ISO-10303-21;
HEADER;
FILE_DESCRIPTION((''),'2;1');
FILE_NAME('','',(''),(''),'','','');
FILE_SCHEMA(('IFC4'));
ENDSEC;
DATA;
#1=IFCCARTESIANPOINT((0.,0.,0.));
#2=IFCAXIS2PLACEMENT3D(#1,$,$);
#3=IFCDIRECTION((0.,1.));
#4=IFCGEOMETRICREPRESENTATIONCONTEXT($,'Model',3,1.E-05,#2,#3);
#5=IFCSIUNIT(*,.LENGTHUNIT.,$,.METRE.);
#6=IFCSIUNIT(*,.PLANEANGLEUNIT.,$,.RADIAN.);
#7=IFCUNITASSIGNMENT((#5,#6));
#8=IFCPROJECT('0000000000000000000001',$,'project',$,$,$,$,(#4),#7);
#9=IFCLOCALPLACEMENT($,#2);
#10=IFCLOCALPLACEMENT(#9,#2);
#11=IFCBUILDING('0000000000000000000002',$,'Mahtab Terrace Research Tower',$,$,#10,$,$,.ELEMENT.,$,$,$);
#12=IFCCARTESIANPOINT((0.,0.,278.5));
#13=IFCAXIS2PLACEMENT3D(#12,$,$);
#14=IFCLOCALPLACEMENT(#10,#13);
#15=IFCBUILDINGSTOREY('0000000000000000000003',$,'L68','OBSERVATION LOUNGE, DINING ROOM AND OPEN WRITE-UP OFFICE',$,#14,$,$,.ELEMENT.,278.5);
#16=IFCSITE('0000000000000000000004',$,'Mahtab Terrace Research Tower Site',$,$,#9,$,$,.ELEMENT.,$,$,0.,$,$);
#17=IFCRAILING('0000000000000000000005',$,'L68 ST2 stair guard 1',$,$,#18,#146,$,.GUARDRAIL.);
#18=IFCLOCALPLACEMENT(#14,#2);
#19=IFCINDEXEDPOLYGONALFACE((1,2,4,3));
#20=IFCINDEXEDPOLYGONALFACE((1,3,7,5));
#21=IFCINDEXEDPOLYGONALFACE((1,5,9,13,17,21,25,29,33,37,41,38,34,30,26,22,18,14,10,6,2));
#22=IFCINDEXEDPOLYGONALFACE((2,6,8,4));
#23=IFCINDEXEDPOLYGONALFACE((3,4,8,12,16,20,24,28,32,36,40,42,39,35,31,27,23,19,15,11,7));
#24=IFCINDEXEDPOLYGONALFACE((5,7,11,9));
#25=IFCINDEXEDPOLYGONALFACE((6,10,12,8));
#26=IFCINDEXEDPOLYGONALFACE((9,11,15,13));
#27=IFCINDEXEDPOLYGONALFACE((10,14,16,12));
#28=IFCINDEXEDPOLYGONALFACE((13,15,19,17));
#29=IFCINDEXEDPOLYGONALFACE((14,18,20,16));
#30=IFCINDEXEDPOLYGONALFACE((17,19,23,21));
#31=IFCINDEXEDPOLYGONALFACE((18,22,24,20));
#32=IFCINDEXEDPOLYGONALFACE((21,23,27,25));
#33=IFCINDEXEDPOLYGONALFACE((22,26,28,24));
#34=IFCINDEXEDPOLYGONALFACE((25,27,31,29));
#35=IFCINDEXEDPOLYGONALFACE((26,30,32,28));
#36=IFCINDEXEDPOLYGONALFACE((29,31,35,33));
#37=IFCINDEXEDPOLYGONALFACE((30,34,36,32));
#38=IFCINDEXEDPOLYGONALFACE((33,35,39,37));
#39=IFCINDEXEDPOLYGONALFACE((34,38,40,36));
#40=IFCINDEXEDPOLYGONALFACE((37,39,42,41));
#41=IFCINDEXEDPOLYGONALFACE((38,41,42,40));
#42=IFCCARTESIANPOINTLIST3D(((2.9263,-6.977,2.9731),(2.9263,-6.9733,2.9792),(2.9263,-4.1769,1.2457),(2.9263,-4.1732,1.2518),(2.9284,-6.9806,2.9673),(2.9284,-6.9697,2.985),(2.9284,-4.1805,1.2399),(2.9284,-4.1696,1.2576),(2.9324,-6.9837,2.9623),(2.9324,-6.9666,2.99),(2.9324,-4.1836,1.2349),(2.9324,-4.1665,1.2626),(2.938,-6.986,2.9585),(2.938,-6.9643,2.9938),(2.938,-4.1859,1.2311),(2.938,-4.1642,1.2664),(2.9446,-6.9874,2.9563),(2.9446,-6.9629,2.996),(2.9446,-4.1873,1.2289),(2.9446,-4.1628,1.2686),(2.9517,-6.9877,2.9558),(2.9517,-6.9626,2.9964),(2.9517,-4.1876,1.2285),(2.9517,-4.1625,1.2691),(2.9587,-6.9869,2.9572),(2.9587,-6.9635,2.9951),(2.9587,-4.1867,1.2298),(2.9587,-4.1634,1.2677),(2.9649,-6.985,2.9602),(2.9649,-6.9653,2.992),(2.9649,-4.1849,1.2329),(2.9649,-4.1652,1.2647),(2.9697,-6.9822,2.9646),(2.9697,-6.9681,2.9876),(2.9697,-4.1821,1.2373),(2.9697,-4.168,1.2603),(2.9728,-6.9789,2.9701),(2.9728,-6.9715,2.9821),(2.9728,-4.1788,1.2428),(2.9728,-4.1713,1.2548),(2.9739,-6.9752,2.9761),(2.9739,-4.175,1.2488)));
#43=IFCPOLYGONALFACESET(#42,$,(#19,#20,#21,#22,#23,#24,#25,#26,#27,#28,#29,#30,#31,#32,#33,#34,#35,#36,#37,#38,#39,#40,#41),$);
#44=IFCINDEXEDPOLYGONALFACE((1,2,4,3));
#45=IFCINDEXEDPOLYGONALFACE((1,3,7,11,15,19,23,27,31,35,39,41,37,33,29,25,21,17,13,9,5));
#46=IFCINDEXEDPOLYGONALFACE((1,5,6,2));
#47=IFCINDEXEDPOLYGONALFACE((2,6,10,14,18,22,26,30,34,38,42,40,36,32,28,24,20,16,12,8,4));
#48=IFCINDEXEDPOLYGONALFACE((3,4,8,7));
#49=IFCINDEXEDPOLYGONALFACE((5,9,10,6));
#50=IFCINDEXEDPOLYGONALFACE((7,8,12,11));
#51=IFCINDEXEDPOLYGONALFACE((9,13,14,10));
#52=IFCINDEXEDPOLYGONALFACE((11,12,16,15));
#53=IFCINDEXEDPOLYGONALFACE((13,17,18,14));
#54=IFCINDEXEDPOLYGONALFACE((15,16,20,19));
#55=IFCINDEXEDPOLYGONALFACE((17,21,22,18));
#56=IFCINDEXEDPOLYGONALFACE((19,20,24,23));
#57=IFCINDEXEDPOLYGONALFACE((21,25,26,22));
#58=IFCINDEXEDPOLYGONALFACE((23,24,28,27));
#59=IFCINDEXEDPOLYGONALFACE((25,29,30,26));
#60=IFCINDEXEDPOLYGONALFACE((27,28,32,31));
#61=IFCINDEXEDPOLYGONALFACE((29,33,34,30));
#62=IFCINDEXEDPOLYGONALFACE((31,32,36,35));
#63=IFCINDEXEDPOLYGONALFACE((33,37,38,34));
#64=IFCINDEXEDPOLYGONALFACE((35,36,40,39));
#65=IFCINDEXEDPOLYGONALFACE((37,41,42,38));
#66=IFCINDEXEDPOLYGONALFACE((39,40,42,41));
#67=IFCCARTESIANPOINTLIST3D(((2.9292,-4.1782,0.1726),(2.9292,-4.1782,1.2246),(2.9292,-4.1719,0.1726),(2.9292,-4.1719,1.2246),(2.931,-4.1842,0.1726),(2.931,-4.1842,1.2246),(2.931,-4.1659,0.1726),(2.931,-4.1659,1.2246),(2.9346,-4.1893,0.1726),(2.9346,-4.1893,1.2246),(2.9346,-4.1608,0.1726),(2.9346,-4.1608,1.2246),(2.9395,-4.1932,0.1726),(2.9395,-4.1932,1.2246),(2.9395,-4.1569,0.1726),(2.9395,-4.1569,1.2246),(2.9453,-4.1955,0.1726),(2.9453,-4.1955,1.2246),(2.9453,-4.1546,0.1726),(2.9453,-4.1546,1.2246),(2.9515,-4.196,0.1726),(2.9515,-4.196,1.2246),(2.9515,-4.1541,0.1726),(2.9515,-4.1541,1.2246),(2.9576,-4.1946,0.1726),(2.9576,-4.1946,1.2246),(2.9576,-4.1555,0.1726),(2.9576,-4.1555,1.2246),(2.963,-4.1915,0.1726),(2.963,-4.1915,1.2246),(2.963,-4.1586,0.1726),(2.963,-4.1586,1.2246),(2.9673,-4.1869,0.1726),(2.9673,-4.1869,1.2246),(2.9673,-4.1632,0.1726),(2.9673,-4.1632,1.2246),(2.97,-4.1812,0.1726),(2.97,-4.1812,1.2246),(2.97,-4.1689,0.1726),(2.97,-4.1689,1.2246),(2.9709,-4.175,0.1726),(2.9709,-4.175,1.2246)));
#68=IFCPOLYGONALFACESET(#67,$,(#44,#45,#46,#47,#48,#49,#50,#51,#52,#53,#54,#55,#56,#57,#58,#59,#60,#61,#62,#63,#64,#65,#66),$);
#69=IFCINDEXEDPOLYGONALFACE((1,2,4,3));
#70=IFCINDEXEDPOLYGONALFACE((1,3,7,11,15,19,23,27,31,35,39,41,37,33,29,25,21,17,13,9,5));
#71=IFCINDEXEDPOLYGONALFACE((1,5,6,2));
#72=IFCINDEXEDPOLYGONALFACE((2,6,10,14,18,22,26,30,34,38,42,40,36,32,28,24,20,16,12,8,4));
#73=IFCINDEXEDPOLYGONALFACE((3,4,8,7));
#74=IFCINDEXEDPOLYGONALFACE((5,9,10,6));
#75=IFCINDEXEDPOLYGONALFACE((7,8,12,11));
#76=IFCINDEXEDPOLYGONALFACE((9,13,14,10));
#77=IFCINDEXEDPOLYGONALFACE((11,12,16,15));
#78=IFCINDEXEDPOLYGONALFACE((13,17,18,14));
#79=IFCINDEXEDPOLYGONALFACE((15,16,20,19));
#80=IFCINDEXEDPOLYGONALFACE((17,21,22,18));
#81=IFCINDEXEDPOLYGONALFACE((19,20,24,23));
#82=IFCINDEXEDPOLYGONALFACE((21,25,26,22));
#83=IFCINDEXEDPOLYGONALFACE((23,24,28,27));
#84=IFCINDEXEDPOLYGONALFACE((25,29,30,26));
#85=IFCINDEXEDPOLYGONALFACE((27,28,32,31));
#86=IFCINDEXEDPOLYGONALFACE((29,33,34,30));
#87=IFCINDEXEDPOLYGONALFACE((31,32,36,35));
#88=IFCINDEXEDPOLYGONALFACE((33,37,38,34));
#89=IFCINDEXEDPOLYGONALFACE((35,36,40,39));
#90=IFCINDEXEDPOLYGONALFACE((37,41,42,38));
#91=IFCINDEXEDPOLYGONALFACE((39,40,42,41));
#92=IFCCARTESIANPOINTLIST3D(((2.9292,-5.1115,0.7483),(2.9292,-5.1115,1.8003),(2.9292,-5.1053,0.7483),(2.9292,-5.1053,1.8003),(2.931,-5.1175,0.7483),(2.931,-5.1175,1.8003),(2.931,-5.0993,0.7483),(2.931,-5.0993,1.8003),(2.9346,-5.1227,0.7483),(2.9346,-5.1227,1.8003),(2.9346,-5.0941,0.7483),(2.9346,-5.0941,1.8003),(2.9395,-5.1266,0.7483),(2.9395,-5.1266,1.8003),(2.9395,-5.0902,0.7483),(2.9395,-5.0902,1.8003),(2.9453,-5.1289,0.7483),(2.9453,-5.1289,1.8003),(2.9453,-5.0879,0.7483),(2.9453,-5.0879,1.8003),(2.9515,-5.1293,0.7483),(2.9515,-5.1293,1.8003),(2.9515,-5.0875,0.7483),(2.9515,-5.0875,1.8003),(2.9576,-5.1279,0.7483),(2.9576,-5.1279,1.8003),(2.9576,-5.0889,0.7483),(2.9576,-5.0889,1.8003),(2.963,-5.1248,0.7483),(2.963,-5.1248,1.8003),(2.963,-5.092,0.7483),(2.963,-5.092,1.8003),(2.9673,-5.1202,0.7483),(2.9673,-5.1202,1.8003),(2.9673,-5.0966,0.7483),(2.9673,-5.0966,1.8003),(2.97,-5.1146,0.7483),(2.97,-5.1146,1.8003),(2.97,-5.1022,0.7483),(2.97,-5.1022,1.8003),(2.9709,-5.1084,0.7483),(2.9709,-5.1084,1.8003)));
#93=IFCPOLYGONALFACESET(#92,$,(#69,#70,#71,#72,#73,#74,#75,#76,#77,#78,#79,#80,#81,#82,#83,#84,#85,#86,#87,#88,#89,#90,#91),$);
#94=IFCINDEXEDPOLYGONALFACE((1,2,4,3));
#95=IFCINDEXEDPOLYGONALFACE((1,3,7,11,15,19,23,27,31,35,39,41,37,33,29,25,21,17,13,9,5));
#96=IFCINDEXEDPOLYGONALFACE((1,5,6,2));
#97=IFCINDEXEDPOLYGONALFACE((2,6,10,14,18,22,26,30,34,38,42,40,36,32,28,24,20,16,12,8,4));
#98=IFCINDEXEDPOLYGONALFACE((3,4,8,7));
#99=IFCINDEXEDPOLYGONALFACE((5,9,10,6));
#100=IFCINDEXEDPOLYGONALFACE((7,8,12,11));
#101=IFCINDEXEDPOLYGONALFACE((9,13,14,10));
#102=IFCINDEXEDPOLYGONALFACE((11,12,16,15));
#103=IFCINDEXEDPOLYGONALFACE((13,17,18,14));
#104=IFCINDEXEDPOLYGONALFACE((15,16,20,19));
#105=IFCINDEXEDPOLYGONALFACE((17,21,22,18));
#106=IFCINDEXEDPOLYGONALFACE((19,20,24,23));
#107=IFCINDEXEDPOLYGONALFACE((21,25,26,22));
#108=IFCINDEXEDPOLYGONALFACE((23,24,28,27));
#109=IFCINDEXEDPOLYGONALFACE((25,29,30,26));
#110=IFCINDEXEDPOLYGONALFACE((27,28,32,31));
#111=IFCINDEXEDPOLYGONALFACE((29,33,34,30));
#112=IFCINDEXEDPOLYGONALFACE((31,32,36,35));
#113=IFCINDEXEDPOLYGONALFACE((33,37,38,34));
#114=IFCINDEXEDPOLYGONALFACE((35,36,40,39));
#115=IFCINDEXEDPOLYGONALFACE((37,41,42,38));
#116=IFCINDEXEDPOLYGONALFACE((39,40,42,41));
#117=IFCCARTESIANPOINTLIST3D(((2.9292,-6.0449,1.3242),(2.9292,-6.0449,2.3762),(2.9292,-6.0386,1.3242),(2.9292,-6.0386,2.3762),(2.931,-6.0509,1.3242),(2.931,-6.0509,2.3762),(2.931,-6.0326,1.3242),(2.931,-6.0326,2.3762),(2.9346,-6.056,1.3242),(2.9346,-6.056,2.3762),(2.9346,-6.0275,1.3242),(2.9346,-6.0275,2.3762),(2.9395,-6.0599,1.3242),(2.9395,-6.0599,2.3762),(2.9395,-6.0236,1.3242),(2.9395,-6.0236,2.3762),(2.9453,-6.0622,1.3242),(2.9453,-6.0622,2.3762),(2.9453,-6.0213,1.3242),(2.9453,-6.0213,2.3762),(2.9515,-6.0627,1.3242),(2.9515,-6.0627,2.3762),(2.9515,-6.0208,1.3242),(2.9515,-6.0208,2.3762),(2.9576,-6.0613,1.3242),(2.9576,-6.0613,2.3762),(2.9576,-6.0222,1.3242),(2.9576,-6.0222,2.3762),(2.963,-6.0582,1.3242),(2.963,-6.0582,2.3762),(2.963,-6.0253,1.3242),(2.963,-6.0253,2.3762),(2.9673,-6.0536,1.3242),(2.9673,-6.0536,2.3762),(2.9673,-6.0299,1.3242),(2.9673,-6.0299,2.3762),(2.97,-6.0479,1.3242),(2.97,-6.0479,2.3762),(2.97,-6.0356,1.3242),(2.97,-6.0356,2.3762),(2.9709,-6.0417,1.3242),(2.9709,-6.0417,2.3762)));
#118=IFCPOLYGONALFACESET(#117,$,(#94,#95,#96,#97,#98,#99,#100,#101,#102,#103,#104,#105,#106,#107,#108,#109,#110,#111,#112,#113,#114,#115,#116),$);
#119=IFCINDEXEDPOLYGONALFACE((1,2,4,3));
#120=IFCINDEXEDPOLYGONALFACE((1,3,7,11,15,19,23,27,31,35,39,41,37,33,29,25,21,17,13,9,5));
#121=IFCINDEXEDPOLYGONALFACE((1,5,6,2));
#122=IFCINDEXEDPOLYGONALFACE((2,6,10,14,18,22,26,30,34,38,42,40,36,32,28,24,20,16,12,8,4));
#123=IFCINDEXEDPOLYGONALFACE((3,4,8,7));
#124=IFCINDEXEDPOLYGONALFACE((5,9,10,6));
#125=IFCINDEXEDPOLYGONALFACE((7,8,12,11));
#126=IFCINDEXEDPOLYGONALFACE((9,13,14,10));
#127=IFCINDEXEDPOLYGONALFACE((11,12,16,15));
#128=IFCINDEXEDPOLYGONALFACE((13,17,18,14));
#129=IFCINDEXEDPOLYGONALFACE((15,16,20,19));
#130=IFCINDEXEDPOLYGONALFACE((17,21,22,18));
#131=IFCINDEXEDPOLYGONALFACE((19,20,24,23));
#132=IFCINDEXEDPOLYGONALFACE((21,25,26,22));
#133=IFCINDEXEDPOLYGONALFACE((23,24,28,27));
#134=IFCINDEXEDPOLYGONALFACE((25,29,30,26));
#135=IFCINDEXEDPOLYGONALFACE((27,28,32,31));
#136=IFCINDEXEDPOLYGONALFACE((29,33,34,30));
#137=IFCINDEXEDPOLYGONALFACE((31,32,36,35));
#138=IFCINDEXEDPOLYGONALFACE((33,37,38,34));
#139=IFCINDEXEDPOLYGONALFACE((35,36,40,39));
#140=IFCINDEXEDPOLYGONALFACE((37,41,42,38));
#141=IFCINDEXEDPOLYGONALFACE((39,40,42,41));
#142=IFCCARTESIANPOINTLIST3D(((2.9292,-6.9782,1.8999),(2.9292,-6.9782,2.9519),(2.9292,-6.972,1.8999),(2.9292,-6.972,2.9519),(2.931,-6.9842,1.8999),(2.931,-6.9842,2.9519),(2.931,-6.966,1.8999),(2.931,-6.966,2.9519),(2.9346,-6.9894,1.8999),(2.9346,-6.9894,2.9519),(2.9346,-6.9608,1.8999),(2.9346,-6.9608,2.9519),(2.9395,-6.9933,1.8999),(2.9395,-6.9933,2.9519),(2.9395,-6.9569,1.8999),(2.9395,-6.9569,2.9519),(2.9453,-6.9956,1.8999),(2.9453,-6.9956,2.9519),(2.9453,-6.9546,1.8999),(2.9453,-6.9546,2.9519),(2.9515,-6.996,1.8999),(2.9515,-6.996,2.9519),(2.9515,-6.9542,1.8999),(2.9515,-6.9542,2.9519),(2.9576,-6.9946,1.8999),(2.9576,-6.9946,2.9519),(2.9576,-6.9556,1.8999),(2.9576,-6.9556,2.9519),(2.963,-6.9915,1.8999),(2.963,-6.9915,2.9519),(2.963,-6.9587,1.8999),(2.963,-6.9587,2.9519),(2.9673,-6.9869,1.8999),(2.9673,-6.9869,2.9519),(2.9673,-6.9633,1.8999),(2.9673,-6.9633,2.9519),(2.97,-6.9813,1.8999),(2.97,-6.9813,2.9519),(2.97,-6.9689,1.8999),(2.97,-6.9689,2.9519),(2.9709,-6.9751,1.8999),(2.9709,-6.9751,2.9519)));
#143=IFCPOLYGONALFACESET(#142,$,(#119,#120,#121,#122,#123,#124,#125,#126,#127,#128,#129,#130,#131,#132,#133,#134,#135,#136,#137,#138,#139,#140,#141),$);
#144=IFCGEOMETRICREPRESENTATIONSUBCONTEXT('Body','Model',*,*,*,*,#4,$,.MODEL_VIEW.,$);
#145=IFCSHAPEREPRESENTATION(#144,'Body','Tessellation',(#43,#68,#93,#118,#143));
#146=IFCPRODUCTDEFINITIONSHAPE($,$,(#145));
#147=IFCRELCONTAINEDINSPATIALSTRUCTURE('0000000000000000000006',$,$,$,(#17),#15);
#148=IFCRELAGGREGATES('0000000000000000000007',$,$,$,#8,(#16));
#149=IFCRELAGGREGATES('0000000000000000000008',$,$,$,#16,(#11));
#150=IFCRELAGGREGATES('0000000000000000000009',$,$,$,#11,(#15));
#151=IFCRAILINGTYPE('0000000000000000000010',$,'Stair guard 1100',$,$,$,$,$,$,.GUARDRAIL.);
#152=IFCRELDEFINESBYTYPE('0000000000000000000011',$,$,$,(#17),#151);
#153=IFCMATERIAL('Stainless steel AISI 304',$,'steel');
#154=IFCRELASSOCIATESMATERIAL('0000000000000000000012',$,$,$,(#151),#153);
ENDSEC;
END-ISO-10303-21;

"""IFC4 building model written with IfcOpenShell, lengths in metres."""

from ifc_helpers import new_model, si_unit, direction, frame, origin, origin_2d, place, context, subcontext, project, spatial, circle, extrude, material, type_object, element, save


model = new_model("IFC4")

# Units and contexts
model_context = context("Model", 3, precision=1e-05, world=origin(), true_north=direction((0.0, 1.0)))
body_context = subcontext(model_context, "Body", "Model", "MODEL_VIEW")
ifc_project = project(units=[si_unit("LENGTHUNIT", "METRE"), si_unit("PLANEANGLEUNIT", "RADIAN")], contexts=[model_context])

# Site, building, storey
site_placement = place(None, origin())
site = spatial("IfcSite", under=ifc_project, at=site_placement, Name="Mahtab Terrace Research Tower Site", CompositionType="ELEMENT", RefElevation=0.0)
building_placement = place(site_placement, origin())
building = spatial("IfcBuilding", under=site, at=building_placement, Name="Mahtab Terrace Research Tower", CompositionType="ELEMENT")
storey_placement = place(building_placement, frame((0.0, 0.0, 278.5)))
storey = spatial("IfcBuildingStorey", under=building, at=storey_placement, Name="L68", Description="OBSERVATION LOUNGE, DINING ROOM AND OPEN WRITE-UP OFFICE", CompositionType="ELEMENT", Elevation=278.5)

# Railing
ifc_material_1 = material(Name="Stainless steel AISI 304", Category="steel")
railing_type_1 = type_object("IfcRailingType", Name="Stair guard 1100", PredefinedType="GUARDRAIL", material=ifc_material_1)
railing_1_placement = place(storey_placement, frame((2.95, -4.175, 0.1726)))
element("IfcRailing", 1, at=railing_1_placement, inside=storey, type_object=railing_type_1, Name="L68 ST2 stair guard 1", PredefinedType="GUARDRAIL", context=body_context, shape_type="SweptSolid", body=[
    extrude(circle(Radius=0.0239, at=origin_2d()), frame((0.0, 0.0, 1.0762), z_axis=(0.0, -0.85109, 0.52502), x_axis=(1.0, 0.0, 0.0)), (0.0, 0.0, 1.0), 3.29),
    extrude(circle(Radius=0.021, at=origin_2d()), origin(), (0.0, 0.0, 1.0), 1.052),
    extrude(circle(Radius=0.021, at=origin_2d()), frame((0.0, -0.9333, 0.5757)), (0.0, 0.0, 1.0), 1.052),
    extrude(circle(Radius=0.021, at=origin_2d()), frame((0.0, -1.8667, 1.1516)), (0.0, 0.0, 1.0), 1.052),
    extrude(circle(Radius=0.021, at=origin_2d()), frame((0.0, -2.8, 1.7273)), (0.0, 0.0, 1.0), 1.052),
])

save(model, "model.ifc")
